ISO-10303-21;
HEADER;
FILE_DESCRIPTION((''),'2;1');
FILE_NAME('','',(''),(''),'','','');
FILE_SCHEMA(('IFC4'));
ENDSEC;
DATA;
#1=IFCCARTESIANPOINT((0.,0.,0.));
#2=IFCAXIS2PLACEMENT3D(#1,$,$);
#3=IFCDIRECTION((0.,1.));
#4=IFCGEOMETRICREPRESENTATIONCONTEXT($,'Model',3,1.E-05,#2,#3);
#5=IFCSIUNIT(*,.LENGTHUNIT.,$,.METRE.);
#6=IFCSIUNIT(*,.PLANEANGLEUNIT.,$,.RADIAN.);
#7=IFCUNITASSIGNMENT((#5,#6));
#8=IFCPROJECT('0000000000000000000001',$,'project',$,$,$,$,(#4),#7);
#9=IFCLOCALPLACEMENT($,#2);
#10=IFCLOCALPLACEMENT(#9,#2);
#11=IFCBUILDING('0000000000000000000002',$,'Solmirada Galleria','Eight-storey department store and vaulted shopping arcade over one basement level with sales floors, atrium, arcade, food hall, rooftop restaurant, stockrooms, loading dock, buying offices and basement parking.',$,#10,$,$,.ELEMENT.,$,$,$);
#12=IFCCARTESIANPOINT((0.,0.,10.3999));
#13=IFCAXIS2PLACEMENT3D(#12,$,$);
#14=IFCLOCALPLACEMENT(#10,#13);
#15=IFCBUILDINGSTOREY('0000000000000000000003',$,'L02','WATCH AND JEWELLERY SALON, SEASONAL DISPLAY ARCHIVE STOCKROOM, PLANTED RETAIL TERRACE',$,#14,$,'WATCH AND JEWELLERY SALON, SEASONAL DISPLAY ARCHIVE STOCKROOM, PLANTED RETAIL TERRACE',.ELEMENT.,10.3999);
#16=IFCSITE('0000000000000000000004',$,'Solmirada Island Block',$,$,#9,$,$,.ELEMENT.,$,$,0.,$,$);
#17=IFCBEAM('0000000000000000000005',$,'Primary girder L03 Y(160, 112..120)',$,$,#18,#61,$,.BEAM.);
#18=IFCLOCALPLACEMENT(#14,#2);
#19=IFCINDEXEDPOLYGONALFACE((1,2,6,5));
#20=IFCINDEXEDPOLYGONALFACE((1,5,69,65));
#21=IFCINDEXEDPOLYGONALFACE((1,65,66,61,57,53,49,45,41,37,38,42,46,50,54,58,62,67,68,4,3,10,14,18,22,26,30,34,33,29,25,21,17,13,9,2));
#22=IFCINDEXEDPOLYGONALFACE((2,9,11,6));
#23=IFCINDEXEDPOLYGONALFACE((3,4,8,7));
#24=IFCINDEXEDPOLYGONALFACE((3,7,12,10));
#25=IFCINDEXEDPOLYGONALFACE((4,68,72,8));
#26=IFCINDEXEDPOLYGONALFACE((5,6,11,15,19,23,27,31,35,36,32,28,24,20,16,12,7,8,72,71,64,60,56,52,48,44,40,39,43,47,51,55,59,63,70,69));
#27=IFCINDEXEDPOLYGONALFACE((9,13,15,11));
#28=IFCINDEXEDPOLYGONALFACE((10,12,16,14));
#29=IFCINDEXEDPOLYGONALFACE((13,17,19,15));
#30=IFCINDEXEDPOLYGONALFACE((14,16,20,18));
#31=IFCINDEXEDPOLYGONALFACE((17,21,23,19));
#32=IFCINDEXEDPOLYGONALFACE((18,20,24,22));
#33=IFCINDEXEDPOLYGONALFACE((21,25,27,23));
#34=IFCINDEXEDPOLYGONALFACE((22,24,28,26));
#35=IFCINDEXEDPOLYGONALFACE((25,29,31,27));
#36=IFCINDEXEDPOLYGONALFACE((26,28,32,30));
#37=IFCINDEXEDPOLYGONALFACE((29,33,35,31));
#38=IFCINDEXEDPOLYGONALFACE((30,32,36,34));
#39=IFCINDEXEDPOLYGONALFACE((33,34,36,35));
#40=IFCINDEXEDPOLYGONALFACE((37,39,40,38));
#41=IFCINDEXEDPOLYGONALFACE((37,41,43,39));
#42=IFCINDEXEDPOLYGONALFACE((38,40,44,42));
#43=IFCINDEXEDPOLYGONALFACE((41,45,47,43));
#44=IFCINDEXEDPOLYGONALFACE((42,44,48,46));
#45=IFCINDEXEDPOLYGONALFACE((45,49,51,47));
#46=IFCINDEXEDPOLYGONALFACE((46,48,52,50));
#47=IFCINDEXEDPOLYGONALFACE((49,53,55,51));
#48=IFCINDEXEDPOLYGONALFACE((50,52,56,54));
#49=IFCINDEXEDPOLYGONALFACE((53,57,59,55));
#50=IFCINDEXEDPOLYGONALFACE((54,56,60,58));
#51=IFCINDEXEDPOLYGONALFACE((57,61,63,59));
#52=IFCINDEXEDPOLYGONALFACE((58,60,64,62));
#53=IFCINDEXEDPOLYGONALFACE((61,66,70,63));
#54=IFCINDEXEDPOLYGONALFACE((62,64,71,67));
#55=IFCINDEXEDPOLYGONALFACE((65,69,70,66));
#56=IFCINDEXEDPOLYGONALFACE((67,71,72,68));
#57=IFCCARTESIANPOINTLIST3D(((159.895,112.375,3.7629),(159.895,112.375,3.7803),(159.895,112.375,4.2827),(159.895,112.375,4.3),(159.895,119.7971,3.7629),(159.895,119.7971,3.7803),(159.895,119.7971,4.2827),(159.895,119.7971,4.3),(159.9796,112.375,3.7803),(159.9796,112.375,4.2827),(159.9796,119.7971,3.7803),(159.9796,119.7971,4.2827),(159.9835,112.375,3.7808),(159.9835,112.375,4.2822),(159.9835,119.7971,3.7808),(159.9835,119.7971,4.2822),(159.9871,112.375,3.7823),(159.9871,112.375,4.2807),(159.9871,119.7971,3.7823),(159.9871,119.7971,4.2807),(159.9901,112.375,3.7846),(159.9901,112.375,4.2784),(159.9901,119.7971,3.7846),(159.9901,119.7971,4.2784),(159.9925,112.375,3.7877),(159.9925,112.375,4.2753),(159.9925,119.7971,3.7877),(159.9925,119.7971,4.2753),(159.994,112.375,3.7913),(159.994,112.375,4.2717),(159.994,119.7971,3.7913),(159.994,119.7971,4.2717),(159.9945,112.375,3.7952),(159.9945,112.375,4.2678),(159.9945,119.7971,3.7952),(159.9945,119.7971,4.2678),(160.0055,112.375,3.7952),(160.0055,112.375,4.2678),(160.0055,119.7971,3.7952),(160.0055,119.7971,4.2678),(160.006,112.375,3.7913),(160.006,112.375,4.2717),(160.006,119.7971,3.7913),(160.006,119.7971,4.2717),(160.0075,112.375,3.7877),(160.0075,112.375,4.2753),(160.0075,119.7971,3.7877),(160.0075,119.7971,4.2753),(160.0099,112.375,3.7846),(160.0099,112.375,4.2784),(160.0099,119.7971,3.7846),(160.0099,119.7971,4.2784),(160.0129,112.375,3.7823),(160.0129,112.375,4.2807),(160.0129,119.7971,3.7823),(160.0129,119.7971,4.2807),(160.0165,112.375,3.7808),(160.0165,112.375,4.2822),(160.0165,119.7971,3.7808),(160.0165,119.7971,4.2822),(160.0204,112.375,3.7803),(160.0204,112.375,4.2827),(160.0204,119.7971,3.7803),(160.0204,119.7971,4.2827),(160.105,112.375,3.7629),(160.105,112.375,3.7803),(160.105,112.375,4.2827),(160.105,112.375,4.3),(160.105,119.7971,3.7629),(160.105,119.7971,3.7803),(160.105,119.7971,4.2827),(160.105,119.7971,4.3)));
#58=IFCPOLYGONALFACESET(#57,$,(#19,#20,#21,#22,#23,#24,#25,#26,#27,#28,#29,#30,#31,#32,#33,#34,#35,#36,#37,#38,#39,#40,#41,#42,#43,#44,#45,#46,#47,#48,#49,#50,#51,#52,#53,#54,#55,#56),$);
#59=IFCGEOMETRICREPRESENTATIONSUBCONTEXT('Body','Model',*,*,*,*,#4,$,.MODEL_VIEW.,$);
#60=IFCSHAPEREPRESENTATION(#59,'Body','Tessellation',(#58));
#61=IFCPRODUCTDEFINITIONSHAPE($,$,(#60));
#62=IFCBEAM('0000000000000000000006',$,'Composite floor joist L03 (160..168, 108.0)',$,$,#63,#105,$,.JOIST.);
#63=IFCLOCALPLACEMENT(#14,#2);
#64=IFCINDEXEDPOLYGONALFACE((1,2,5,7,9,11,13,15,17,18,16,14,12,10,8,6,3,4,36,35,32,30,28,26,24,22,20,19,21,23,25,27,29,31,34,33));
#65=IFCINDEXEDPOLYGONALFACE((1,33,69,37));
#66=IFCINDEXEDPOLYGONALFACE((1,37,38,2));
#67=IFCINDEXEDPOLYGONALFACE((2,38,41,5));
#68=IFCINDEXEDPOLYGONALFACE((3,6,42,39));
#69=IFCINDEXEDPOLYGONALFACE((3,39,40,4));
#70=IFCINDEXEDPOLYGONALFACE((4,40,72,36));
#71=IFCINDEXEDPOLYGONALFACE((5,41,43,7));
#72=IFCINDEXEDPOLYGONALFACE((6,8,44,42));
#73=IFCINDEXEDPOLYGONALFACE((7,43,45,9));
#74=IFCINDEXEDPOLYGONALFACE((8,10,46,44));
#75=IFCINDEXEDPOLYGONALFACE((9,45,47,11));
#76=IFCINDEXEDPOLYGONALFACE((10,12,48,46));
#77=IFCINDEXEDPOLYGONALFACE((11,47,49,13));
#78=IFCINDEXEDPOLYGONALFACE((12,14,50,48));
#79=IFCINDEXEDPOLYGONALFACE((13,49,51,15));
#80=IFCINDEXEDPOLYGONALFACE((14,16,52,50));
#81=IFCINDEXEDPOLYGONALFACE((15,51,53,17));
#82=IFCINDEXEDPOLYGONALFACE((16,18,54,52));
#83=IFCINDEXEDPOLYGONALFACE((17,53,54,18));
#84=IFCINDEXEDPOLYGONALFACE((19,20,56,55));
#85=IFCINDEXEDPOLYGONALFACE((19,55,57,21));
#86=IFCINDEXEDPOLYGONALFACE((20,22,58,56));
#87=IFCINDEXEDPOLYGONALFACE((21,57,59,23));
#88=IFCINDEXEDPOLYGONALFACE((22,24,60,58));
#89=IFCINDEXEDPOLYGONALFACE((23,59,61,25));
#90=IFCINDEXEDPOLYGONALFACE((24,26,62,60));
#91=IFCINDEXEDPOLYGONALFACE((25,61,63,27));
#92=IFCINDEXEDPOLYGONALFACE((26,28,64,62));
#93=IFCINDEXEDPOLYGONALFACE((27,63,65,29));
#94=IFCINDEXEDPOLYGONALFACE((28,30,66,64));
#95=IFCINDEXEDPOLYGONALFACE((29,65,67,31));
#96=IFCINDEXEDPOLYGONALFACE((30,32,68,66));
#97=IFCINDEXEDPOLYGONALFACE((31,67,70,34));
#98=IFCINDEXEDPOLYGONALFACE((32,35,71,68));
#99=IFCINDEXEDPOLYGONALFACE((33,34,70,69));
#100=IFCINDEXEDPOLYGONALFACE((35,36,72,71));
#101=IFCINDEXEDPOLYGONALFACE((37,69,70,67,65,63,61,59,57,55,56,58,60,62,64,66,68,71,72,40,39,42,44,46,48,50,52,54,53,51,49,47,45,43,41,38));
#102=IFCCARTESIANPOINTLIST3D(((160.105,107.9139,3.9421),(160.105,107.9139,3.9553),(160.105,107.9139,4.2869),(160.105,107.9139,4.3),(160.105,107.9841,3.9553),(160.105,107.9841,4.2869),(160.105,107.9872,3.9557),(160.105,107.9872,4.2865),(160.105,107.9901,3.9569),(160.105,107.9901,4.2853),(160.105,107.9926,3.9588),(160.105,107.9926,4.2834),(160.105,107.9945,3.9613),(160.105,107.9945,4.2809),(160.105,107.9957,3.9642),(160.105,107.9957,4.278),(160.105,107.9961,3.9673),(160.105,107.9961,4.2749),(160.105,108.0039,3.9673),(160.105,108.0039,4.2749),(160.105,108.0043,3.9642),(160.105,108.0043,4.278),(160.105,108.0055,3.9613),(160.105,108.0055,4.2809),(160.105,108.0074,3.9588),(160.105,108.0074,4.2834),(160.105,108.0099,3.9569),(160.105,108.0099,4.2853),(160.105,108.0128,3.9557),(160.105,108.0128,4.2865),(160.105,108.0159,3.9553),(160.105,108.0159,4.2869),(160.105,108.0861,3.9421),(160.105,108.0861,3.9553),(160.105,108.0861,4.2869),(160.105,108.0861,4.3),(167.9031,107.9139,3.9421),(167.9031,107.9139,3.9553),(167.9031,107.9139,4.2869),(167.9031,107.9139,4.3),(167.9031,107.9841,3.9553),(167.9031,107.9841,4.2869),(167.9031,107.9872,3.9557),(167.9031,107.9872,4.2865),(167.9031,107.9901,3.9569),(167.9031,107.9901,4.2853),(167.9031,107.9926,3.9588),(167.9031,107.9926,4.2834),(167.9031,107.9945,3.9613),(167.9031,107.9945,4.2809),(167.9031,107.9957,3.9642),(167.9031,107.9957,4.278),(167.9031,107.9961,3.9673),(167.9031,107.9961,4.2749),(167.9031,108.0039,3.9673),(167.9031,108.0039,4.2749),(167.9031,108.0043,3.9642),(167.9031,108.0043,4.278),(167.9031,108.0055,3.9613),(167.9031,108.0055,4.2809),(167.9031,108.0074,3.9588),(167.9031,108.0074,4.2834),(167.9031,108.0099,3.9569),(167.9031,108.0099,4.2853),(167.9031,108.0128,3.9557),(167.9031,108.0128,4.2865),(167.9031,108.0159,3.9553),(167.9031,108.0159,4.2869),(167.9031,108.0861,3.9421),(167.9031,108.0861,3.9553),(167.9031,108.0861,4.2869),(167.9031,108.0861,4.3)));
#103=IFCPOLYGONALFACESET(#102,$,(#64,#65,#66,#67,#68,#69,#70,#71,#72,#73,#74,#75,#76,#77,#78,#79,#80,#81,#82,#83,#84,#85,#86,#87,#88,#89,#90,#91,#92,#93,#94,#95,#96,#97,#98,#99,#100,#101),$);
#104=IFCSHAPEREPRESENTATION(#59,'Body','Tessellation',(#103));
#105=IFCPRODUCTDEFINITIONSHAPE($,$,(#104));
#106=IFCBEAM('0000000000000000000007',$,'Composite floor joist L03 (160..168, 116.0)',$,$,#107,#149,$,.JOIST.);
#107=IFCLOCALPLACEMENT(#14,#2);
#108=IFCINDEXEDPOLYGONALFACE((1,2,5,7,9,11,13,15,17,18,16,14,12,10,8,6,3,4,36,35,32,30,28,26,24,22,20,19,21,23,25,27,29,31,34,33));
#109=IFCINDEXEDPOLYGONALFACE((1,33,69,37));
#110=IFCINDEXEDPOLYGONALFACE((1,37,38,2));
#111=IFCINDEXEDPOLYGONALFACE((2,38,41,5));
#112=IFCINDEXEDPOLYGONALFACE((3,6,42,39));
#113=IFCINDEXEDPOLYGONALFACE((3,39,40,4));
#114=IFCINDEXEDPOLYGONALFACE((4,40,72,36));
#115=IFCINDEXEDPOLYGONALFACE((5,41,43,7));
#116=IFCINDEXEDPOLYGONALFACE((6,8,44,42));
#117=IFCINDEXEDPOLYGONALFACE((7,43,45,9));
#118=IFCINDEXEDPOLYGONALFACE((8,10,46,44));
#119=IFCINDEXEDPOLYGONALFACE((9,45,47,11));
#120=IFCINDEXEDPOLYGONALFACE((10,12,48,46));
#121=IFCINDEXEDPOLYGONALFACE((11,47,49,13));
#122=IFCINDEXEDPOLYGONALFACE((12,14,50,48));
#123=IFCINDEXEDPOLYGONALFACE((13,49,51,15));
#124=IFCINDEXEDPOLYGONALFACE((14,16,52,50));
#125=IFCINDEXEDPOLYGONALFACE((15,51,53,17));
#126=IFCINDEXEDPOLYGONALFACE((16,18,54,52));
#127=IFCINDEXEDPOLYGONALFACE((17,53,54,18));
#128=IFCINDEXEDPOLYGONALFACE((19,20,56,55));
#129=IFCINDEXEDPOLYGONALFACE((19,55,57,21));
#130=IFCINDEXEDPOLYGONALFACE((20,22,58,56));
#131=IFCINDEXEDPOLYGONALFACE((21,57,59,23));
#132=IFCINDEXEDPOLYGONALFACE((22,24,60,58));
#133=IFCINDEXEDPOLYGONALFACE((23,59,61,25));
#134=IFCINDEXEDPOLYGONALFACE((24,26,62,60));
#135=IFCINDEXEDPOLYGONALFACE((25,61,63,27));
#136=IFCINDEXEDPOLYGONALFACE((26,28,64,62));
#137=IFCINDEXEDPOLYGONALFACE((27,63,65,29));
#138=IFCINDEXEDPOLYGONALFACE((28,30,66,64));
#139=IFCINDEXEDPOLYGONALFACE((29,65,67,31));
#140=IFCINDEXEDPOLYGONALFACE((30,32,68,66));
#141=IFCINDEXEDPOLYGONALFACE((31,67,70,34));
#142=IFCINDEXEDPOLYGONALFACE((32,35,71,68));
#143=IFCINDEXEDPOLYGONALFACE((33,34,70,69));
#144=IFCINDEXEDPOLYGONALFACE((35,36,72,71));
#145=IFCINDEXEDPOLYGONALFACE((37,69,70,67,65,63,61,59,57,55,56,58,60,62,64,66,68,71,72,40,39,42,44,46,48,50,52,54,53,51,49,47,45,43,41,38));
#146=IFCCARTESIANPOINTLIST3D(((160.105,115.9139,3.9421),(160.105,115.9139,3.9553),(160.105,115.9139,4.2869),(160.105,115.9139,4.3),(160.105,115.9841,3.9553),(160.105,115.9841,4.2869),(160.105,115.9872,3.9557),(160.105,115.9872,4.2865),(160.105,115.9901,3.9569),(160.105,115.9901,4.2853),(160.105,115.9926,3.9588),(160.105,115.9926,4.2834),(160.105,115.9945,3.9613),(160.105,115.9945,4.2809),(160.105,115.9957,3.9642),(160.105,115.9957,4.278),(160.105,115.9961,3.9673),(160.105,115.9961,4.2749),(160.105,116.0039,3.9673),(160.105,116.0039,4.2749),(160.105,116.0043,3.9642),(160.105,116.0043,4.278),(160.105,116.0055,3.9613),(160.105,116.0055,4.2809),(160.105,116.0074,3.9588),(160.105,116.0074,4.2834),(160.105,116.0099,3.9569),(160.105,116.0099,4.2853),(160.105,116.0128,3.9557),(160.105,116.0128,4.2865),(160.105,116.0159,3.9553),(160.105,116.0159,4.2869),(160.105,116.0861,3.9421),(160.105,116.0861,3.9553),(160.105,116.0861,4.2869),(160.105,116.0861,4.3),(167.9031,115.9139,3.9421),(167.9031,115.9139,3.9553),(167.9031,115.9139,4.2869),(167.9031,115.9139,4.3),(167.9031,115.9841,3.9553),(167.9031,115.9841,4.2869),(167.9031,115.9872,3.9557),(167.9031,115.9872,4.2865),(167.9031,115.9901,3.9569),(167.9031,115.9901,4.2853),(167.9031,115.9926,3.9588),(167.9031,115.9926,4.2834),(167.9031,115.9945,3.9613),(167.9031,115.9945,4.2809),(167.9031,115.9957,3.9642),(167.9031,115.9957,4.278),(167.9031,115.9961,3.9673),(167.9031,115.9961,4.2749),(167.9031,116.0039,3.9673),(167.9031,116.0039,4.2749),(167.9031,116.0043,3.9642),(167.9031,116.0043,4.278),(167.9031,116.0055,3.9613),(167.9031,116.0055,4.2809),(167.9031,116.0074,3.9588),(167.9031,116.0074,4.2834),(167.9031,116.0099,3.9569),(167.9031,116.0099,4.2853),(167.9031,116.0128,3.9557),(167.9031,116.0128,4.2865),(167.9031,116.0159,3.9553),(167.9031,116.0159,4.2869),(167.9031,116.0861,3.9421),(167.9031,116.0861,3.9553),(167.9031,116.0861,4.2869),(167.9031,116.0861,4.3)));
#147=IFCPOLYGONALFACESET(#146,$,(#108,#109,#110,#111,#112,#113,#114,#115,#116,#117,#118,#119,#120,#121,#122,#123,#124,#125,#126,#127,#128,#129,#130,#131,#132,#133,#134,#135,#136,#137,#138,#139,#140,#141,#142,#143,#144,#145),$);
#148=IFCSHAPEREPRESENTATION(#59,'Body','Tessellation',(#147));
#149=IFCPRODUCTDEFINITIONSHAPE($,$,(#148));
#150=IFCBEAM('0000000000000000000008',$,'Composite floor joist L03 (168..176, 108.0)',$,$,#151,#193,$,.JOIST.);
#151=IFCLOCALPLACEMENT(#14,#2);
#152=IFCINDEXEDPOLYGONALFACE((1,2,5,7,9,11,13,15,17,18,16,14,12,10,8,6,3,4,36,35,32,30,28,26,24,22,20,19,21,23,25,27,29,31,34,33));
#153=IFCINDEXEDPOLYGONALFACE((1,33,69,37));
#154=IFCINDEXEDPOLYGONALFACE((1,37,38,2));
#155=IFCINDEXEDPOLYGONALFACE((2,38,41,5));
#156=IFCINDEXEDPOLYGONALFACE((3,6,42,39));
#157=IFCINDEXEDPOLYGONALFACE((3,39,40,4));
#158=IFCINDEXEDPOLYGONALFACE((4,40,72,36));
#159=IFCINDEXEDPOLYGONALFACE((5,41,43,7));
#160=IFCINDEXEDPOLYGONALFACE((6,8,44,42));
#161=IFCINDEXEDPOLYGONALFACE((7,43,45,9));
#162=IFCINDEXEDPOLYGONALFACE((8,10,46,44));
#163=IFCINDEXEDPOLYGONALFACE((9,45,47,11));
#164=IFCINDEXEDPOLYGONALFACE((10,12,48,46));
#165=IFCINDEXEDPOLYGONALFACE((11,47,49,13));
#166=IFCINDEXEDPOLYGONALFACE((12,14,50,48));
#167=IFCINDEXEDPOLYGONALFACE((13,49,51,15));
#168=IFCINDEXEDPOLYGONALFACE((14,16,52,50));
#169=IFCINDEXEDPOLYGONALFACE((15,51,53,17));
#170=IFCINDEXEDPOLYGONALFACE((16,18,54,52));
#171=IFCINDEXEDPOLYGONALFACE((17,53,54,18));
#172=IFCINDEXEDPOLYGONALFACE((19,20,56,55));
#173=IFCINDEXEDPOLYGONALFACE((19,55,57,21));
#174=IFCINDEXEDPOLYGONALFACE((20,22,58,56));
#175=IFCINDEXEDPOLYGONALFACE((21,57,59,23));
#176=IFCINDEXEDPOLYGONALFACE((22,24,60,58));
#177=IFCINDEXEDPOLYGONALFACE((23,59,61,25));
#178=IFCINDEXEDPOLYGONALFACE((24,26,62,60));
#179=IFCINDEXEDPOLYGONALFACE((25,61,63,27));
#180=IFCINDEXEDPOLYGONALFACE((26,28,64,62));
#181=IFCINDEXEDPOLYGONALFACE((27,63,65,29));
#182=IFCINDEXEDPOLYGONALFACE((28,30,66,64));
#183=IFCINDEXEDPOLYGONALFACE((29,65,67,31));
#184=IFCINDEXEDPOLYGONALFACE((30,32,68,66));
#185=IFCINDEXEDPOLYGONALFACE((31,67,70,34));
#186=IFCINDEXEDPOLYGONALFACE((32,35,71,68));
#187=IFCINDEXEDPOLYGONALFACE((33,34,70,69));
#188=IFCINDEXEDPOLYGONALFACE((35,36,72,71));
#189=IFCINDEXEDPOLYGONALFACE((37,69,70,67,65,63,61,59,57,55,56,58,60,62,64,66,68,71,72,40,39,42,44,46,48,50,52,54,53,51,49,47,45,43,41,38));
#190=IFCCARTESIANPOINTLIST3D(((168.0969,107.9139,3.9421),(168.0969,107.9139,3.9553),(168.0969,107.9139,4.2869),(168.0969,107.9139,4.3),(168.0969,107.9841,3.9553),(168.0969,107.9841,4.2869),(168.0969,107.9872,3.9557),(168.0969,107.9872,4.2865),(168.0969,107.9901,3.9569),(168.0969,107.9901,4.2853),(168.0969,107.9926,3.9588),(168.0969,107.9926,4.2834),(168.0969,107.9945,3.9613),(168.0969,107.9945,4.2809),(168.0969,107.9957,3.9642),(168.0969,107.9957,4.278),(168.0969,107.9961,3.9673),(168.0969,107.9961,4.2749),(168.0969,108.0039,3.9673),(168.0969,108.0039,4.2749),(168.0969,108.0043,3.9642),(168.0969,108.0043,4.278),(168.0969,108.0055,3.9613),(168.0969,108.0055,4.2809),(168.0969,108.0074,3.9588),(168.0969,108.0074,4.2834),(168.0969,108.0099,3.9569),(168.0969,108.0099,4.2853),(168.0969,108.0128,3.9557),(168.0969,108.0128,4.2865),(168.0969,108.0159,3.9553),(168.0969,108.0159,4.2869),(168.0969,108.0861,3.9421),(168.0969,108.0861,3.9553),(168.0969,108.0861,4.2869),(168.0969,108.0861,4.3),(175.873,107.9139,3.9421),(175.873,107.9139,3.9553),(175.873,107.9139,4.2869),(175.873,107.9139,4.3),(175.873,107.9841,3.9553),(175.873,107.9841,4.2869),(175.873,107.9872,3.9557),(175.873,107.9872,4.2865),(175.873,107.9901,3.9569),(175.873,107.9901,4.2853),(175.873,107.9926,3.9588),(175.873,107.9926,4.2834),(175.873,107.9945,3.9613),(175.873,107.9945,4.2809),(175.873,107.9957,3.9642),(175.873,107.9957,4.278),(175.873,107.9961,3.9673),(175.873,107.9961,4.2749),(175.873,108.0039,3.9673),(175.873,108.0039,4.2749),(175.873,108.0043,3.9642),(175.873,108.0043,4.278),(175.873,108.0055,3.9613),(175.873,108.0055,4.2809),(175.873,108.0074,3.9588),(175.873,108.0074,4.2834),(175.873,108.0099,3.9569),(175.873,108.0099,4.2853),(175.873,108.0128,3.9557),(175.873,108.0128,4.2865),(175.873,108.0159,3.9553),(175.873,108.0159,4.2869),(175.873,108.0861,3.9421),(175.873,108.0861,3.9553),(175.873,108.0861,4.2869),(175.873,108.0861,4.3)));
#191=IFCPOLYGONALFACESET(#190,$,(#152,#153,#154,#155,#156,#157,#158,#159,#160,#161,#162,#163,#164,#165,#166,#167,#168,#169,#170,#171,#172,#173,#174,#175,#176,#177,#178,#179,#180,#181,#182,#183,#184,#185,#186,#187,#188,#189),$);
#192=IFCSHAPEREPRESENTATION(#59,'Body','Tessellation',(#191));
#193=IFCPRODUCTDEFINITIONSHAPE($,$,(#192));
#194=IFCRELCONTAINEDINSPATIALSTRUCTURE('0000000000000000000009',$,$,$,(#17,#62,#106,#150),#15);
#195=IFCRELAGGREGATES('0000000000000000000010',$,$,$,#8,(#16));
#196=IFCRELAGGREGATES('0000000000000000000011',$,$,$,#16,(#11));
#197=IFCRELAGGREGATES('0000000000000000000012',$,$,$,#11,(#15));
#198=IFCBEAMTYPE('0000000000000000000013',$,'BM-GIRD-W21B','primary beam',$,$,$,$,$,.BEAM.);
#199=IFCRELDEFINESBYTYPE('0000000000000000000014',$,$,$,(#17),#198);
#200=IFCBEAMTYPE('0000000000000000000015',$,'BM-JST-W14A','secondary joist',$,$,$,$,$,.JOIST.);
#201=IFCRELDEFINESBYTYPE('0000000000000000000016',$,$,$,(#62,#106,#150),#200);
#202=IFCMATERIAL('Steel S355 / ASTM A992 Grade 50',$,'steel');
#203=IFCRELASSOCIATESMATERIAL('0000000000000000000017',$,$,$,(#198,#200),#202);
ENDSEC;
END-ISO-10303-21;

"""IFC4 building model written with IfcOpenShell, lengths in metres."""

from ifc_helpers import new_model, si_unit, direction, frame, origin, origin_2d, place, context, subcontext, project, spatial, i_section, extrude, material, material_profile, profile_set, type_object, element, save


model = new_model("IFC4")

# Units and contexts
model_context = context("Model", 3, precision=1e-05, world=origin(), true_north=direction((0.0, 1.0)))
body_context = subcontext(model_context, "Body", "Model", "MODEL_VIEW")
ifc_project = project(units=[si_unit("LENGTHUNIT", "METRE"), si_unit("PLANEANGLEUNIT", "RADIAN")], contexts=[model_context])

# Site, building, storey
site_placement = place(None, origin())
site = spatial("IfcSite", under=ifc_project, at=site_placement, Name="Solmirada Island Block", CompositionType="ELEMENT", RefElevation=0.0)
building_placement = place(site_placement, origin())
building = spatial("IfcBuilding", under=site, at=building_placement, Name="Solmirada Galleria", Description="Eight-storey department store and vaulted shopping arcade over one basement level with sales floors, atrium, arcade, food hall, rooftop restaurant, stockrooms, loading dock, buying offices and basement parking.", CompositionType="ELEMENT")
storey_placement = place(building_placement, frame((0.0, 0.0, 10.3999)))
storey = spatial("IfcBuildingStorey", under=building, at=storey_placement, Name="L02", Description="WATCH AND JEWELLERY SALON, SEASONAL DISPLAY ARCHIVE STOCKROOM, PLANTED RETAIL TERRACE", LongName="WATCH AND JEWELLERY SALON, SEASONAL DISPLAY ARCHIVE STOCKROOM, PLANTED RETAIL TERRACE", CompositionType="ELEMENT", Elevation=10.3999)

# Beams
ifc_material_1 = material(Name="Steel S355 / ASTM A992 Grade 50", Category="steel")
ifc_material_profile_1 = material_profile(ifc_material_1, i_section(OverallWidth=0.21, OverallDepth=0.5371, WebThickness=0.011, FlangeThickness=0.0173, FilletRadius=0.0149, at=origin_2d()), Name="W21X68")
ifc_profile_set_1 = profile_set([ifc_material_profile_1], Name="Steel S355 / ASTM A992 Grade 50")
beam_type_1 = type_object("IfcBeamType", Name="BM-GIRD-W21B", Description="primary beam", PredefinedType="BEAM", material=ifc_profile_set_1)
beam_1_placement = place(storey_placement, frame((160.0, 112.375, 4.0315), z_axis=(0.0, 1.0, 0.0), x_axis=(-1.0, 0.0, 0.0)))
element("IfcBeam", 1, at=beam_1_placement, inside=storey, type_object=beam_type_1, Name="Primary girder L03 Y(160, 112..120)", PredefinedType="BEAM", context=body_context, shape_type="SweptSolid", body=[
    extrude(i_section(OverallWidth=0.21, OverallDepth=0.5371, WebThickness=0.011, FlangeThickness=0.0173, FilletRadius=0.0149, at=origin_2d()), origin(), (0.0, 0.0, 1.0), 7.4221),
])
ifc_material_profile_2 = material_profile(ifc_material_1, i_section(OverallWidth=0.1721, OverallDepth=0.3579, WebThickness=0.0078, FlangeThickness=0.0132, FilletRadius=0.012, at=origin_2d()), Name="W14X38")
ifc_profile_set_2 = profile_set([ifc_material_profile_2], Name="Steel S355 / ASTM A992 Grade 50")
beam_type_2 = type_object("IfcBeamType", Name="BM-JST-W14A", Description="secondary joist", PredefinedType="JOIST", material=ifc_profile_set_2)
for number, where, z_axis, x_axis, name in (
    (2, (160.105, 108.0, 4.1211), (1.0, 0.0, 0.0), (0.0, 1.0, 0.0), "Composite floor joist L03 (160..168, 108.0)"),
    (3, (160.105, 116.0, 4.1211), (1.0, 0.0, 0.0), (0.0, 1.0, 0.0), "Composite floor joist L03 (160..168, 116.0)"),
):
    element("IfcBeam", number, at=place(storey_placement, frame(where, z_axis=z_axis, x_axis=x_axis)), inside=storey, type_object=beam_type_2, Name=name, PredefinedType="JOIST", context=body_context, shape_type="SweptSolid", body=[
        extrude(i_section(OverallWidth=0.1721, OverallDepth=0.3579, WebThickness=0.0078, FlangeThickness=0.0132, FilletRadius=0.012, at=origin_2d()), origin(), (0.0, 0.0, 1.0), 7.7981),
    ])
beam_2_placement = place(storey_placement, frame((168.0969, 108.0, 4.1211), z_axis=(1.0, 0.0, 0.0), x_axis=(0.0, 1.0, 0.0)))
element("IfcBeam", 4, at=beam_2_placement, inside=storey, type_object=beam_type_2, Name="Composite floor joist L03 (168..176, 108.0)", PredefinedType="JOIST", context=body_context, shape_type="SweptSolid", body=[
    extrude(i_section(OverallWidth=0.1721, OverallDepth=0.3579, WebThickness=0.0078, FlangeThickness=0.0132, FilletRadius=0.012, at=origin_2d()), origin(), (0.0, 0.0, 1.0), 7.7761),
])

save(model, "model.ifc")
